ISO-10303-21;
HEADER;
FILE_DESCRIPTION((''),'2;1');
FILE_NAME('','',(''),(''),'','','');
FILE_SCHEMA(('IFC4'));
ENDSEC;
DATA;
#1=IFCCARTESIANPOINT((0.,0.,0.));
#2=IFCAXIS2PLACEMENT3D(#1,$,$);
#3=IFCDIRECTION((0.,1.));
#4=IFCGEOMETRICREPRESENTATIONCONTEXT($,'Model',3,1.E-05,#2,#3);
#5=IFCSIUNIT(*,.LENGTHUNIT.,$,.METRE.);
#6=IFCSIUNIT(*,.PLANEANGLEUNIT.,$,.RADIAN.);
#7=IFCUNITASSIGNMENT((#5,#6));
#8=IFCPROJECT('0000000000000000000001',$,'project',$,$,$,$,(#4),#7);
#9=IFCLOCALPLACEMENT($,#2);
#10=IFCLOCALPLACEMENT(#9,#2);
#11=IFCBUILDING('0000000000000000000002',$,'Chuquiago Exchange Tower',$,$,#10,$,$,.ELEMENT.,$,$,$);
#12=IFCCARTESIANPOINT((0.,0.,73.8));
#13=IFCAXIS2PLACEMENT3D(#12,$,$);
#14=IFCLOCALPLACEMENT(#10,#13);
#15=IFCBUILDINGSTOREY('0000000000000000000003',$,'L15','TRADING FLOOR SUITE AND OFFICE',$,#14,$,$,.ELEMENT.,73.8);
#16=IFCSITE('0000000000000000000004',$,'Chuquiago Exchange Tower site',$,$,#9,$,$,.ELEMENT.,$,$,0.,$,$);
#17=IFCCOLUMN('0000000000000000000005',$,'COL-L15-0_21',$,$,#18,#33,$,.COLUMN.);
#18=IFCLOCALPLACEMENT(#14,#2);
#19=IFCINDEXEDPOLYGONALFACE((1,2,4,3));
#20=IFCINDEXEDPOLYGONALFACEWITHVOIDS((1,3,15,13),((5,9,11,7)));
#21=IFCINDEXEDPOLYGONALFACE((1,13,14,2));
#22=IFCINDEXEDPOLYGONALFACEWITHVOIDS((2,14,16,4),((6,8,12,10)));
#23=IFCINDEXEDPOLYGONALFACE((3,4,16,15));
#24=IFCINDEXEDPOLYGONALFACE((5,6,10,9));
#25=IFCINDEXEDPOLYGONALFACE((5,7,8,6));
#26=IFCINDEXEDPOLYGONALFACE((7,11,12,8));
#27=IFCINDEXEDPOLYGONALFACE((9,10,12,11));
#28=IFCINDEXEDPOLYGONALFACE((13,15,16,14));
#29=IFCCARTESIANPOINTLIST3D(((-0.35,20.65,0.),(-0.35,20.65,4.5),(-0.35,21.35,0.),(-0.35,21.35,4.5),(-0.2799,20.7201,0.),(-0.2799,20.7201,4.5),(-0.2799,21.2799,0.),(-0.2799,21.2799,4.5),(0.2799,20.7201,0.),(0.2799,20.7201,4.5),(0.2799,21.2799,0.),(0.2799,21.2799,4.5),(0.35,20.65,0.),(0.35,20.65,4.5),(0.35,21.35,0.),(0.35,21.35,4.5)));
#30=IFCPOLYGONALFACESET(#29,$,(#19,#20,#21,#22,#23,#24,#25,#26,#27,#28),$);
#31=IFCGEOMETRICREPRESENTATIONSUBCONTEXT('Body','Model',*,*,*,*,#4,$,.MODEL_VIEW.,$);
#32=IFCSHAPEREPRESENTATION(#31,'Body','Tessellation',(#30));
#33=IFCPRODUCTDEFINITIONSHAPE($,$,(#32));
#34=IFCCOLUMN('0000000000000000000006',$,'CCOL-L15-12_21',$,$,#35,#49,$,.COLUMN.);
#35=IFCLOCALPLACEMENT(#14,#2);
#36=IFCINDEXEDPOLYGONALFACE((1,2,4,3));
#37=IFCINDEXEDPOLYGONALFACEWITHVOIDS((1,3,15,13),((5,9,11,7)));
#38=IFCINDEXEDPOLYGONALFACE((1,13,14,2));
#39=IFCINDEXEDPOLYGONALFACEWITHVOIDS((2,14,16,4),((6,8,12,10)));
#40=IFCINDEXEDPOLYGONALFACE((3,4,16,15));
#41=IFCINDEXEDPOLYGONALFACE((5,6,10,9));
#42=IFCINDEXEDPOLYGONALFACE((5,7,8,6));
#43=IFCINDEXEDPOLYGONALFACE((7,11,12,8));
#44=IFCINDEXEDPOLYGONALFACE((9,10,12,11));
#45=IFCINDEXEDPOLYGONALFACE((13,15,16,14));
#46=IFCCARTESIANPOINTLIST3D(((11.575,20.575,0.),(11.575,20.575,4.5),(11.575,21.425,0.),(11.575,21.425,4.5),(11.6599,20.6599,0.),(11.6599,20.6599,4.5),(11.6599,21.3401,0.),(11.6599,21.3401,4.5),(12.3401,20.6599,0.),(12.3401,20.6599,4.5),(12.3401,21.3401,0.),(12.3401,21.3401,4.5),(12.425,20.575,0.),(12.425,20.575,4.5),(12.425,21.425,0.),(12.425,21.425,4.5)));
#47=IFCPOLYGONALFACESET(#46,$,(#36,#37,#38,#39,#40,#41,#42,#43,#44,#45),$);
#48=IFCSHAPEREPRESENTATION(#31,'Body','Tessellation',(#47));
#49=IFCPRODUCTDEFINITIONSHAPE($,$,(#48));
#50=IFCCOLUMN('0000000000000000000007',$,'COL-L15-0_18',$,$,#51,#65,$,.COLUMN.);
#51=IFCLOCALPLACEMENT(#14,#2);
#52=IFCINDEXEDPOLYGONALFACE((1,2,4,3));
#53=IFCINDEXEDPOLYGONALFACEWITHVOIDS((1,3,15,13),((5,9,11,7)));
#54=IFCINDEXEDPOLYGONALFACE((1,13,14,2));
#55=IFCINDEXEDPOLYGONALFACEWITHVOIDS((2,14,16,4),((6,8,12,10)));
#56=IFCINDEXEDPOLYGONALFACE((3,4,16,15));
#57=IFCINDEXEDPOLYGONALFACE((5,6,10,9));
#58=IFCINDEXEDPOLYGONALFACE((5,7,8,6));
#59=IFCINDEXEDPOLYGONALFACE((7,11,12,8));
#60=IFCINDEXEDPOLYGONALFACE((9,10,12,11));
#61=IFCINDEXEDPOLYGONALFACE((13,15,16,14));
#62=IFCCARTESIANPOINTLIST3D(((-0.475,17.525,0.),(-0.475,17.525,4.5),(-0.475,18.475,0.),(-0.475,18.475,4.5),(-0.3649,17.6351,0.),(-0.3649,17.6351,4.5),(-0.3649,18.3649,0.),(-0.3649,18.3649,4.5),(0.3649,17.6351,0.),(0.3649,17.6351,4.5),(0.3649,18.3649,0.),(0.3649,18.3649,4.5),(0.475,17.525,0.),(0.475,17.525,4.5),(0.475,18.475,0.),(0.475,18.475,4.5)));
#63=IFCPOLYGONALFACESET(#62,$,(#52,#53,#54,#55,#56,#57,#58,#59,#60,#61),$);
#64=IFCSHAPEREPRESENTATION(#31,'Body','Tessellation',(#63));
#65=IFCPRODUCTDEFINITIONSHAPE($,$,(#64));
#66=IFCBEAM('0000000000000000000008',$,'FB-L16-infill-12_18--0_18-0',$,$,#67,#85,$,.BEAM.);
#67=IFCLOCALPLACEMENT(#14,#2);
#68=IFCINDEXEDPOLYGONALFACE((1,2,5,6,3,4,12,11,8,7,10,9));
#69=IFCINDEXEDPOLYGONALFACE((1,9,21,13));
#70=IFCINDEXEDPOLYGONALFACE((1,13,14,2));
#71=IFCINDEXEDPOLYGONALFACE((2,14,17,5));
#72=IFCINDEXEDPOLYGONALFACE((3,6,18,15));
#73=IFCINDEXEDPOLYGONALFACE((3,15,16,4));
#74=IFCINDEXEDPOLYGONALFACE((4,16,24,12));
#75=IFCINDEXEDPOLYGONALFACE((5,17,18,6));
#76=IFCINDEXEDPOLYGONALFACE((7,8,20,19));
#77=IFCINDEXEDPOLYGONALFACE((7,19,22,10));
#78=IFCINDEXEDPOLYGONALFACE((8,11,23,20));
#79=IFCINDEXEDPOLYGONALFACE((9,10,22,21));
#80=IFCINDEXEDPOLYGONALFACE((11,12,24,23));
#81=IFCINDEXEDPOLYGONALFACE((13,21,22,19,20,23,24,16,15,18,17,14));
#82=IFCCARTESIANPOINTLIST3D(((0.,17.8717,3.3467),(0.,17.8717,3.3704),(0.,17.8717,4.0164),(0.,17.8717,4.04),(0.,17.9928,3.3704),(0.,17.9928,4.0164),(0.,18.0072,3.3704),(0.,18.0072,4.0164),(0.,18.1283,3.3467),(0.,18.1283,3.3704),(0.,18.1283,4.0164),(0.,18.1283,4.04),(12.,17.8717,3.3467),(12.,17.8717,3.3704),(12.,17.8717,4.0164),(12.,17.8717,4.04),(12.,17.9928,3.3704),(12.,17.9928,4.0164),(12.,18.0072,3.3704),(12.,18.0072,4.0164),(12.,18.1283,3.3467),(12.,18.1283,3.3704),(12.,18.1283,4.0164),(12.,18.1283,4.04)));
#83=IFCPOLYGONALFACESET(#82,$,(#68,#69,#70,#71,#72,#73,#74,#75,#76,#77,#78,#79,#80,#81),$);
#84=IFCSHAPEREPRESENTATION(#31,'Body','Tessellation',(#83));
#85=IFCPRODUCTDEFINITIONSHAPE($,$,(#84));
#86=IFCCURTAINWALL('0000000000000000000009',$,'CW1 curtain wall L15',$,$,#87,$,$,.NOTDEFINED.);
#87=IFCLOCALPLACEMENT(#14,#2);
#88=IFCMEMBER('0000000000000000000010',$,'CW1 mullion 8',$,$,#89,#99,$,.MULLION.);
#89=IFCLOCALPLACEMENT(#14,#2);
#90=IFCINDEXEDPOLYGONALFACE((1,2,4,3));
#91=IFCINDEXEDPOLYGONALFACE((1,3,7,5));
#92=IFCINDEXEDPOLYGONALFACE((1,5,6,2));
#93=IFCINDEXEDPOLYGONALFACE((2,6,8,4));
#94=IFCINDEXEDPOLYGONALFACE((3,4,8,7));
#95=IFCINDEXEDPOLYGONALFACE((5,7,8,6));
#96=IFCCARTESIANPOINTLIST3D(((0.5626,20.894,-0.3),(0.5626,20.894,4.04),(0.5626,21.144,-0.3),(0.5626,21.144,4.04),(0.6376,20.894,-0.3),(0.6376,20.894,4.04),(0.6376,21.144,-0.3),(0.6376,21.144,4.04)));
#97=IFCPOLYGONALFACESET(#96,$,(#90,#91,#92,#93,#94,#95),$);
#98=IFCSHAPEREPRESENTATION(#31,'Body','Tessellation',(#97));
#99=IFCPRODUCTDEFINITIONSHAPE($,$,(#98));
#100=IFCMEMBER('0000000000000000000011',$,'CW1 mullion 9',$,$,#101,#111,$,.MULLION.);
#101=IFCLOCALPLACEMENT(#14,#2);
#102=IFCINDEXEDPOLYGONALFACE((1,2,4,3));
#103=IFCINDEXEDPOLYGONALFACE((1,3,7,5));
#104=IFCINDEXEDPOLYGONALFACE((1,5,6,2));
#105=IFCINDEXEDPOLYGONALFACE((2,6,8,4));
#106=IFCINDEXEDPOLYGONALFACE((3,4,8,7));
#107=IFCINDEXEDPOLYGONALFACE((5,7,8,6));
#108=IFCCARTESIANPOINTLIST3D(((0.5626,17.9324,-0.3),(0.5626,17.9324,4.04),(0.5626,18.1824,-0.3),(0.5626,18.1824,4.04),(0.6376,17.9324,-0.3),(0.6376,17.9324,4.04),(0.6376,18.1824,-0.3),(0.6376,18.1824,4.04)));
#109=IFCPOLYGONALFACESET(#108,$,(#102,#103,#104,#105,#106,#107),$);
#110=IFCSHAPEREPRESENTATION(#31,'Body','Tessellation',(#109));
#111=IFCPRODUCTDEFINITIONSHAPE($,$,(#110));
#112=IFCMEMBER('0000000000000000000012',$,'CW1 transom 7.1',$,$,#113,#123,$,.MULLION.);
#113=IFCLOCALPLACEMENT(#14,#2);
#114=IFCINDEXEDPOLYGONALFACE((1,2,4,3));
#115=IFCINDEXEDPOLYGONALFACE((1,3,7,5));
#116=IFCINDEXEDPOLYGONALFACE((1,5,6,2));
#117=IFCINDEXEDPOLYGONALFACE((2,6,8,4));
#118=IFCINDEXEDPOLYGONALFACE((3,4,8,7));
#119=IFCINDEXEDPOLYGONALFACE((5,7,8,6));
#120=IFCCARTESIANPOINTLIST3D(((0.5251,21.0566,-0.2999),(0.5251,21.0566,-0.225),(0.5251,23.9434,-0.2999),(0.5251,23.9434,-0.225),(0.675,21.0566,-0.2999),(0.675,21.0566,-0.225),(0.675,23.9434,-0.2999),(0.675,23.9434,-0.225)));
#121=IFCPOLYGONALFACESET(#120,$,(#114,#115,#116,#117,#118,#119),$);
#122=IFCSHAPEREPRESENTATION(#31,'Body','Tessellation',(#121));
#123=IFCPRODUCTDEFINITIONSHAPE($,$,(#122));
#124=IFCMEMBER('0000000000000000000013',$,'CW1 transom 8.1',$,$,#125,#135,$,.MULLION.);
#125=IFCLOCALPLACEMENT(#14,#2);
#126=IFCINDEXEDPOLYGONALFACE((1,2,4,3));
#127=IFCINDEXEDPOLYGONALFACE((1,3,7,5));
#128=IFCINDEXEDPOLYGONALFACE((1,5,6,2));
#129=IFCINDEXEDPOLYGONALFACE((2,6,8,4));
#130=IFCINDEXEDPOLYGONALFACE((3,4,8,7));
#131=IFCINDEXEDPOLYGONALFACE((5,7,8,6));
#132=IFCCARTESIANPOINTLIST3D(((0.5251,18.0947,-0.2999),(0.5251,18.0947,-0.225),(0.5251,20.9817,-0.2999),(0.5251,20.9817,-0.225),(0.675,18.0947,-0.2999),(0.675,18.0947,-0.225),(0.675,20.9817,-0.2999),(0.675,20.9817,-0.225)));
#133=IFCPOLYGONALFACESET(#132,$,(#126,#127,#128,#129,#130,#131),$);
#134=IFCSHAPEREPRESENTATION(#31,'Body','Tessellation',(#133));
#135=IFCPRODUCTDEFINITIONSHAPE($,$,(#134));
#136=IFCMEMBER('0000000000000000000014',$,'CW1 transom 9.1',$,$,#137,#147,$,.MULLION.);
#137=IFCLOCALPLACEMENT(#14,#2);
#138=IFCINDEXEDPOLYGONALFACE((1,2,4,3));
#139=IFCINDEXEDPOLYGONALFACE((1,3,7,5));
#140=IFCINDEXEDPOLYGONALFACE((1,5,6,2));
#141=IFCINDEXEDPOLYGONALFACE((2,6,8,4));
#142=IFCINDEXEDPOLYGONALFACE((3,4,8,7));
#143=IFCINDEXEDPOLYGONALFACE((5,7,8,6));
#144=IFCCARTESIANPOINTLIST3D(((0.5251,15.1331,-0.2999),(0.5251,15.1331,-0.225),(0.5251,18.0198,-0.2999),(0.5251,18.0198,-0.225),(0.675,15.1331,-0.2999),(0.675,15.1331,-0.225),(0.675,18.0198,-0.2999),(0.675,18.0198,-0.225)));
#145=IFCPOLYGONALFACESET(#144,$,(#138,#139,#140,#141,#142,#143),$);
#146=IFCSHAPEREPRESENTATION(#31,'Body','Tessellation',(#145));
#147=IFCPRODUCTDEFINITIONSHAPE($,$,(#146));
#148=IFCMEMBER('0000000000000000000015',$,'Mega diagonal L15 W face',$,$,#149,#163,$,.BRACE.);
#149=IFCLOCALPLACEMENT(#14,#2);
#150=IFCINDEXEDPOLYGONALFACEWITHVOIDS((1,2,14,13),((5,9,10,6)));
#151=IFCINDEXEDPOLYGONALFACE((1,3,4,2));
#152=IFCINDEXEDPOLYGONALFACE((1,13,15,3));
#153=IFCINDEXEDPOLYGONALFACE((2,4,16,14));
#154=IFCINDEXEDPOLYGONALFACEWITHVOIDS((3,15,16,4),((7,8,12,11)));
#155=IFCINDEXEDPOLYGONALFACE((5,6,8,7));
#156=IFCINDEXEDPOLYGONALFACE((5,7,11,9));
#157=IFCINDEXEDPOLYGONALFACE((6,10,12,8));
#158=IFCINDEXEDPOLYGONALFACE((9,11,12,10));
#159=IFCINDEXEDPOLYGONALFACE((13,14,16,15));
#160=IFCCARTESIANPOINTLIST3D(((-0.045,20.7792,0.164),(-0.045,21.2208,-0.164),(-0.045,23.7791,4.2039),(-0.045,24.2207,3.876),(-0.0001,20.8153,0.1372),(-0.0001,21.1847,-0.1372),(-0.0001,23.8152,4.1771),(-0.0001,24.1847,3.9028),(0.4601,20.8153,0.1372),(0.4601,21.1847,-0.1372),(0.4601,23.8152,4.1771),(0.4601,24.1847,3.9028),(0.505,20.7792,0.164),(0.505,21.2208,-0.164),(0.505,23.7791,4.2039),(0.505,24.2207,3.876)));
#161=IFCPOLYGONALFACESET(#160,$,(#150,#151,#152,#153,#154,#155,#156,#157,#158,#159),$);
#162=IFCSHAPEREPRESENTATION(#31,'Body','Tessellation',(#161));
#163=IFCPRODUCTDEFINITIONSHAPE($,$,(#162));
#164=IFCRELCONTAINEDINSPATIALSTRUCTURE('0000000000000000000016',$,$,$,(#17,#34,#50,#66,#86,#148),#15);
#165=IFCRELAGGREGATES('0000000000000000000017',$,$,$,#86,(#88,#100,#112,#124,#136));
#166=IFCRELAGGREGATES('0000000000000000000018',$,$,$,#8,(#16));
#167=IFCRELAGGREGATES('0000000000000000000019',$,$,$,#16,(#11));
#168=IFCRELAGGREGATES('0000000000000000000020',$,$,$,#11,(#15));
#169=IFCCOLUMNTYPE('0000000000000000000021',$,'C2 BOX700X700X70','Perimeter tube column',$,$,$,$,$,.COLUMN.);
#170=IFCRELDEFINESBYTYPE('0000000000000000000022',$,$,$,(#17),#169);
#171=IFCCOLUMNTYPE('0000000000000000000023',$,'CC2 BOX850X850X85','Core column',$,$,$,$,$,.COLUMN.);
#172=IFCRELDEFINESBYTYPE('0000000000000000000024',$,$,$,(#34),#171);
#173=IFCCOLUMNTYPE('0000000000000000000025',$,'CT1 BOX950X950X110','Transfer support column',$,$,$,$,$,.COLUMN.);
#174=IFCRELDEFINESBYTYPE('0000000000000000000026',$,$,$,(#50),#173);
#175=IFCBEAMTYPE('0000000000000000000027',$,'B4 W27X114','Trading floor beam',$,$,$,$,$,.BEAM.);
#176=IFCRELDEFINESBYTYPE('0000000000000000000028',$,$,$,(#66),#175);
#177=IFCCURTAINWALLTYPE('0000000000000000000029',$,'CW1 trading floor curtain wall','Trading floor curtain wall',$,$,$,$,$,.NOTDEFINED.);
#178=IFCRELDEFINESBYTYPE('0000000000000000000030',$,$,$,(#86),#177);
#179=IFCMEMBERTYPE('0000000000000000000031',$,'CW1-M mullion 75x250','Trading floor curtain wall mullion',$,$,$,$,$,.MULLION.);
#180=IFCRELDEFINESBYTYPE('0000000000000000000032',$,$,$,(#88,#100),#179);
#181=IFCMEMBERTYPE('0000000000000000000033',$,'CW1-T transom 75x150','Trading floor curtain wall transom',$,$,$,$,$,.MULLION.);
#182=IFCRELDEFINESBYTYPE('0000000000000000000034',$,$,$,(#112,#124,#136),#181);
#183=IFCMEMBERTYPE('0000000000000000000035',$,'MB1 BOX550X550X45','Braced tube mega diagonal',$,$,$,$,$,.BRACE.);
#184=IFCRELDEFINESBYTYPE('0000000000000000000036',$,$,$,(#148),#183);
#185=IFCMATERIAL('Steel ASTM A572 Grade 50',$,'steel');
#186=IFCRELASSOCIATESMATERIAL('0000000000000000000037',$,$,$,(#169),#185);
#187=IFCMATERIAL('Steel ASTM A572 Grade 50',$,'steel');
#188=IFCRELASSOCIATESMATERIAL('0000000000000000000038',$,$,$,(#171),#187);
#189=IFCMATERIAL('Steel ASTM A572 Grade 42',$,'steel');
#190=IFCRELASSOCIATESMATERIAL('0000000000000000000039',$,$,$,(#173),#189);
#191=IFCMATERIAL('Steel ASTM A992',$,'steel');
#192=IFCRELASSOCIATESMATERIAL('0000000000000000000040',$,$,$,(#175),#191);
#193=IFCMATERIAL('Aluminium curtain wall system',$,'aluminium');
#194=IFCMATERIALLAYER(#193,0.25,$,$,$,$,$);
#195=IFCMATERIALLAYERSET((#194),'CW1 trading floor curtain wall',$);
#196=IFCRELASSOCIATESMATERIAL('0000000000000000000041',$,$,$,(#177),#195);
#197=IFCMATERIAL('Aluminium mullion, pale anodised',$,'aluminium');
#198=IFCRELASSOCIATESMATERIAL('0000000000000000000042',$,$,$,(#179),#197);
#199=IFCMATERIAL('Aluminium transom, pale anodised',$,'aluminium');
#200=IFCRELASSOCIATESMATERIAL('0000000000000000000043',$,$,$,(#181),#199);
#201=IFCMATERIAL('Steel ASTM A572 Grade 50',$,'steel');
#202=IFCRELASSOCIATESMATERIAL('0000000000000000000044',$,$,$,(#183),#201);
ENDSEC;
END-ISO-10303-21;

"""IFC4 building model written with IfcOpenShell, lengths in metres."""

from ifc_helpers import new_model, si_unit, direction, frame, origin, origin_2d, place, context, subcontext, project, spatial, rectangle, hollow_rectangle, i_section, extrude, material, layer, layer_set, material_profile, profile_set, type_object, element, aggregate, save


model = new_model("IFC4")

# Units and contexts
model_context = context("Model", 3, precision=1e-05, world=origin(), true_north=direction((0.0, 1.0)))
body_context = subcontext(model_context, "Body", "Model", "MODEL_VIEW")
ifc_project = project(units=[si_unit("LENGTHUNIT", "METRE"), si_unit("PLANEANGLEUNIT", "RADIAN")], contexts=[model_context])

# Site, building, storey
site_placement = place(None, origin())
site = spatial("IfcSite", under=ifc_project, at=site_placement, Name="Chuquiago Exchange Tower site", CompositionType="ELEMENT", RefElevation=0.0)
building_placement = place(site_placement, origin())
building = spatial("IfcBuilding", under=site, at=building_placement, Name="Chuquiago Exchange Tower", CompositionType="ELEMENT")
storey_placement = place(building_placement, frame((0.0, 0.0, 73.8)))
storey = spatial("IfcBuildingStorey", under=building, at=storey_placement, Name="L15", Description="TRADING FLOOR SUITE AND OFFICE", CompositionType="ELEMENT", Elevation=73.8)

# Columns
ifc_material_1 = material(Name="Steel ASTM A572 Grade 50", Category="steel")
ifc_material_profile_1 = material_profile(ifc_material_1, hollow_rectangle(XDim=0.7, YDim=0.7, WallThickness=0.0701, at=origin_2d()), Name="BOX700X700X70")
ifc_profile_set_1 = profile_set([ifc_material_profile_1], Name="Steel ASTM A572 Grade 50")
column_type_1 = type_object("IfcColumnType", Name="C2 BOX700X700X70", Description="Perimeter tube column", PredefinedType="COLUMN", material=ifc_profile_set_1)
column_1_placement = place(storey_placement, frame((0.0, 21.0, 0.0), z_axis=(0.0, 0.0, 1.0), x_axis=(-1.0, 0.0, 0.0)))
element("IfcColumn", 1, at=column_1_placement, inside=storey, type_object=column_type_1, Name="COL-L15-0_21", PredefinedType="COLUMN", context=body_context, shape_type="SweptSolid", body=[
    extrude(hollow_rectangle(XDim=0.7, YDim=0.7, WallThickness=0.0701, at=origin_2d()), origin(), (0.0, 0.0, 1.0), 4.5),
])
ifc_material_2 = material(Name="Steel ASTM A572 Grade 50", Category="steel")
ifc_material_profile_2 = material_profile(ifc_material_2, hollow_rectangle(XDim=0.8501, YDim=0.8501, WallThickness=0.085, at=origin_2d()), Name="BOX850X850X85")
ifc_profile_set_2 = profile_set([ifc_material_profile_2], Name="Steel ASTM A572 Grade 50")
column_type_2 = type_object("IfcColumnType", Name="CC2 BOX850X850X85", Description="Core column", PredefinedType="COLUMN", material=ifc_profile_set_2)
column_2_placement = place(storey_placement, frame((12.0, 21.0, 0.0), z_axis=(0.0, 0.0, 1.0), x_axis=(1.0, 0.0, 0.0)))
element("IfcColumn", 2, at=column_2_placement, inside=storey, type_object=column_type_2, Name="CCOL-L15-12_21", PredefinedType="COLUMN", context=body_context, shape_type="SweptSolid", body=[
    extrude(hollow_rectangle(XDim=0.8501, YDim=0.8501, WallThickness=0.085, at=origin_2d()), origin(), (0.0, 0.0, 1.0), 4.5),
])
ifc_material_3 = material(Name="Steel ASTM A572 Grade 42", Category="steel")
ifc_material_profile_3 = material_profile(ifc_material_3, hollow_rectangle(XDim=0.95, YDim=0.95, WallThickness=0.1101, at=origin_2d()), Name="BOX950X950X110")
ifc_profile_set_3 = profile_set([ifc_material_profile_3], Name="Steel ASTM A572 Grade 42")
column_type_3 = type_object("IfcColumnType", Name="CT1 BOX950X950X110", Description="Transfer support column", PredefinedType="COLUMN", material=ifc_profile_set_3)
column_3_placement = place(storey_placement, frame((0.0, 18.0, 0.0), z_axis=(0.0, 0.0, 1.0), x_axis=(-1.0, 0.0, 0.0)))
element("IfcColumn", 3, at=column_3_placement, inside=storey, type_object=column_type_3, Name="COL-L15-0_18", PredefinedType="COLUMN", context=body_context, shape_type="SweptSolid", body=[
    extrude(hollow_rectangle(XDim=0.95, YDim=0.95, WallThickness=0.1101, at=origin_2d()), origin(), (0.0, 0.0, 1.0), 4.5),
])

# Beam
ifc_material_4 = material(Name="Steel ASTM A992", Category="steel")
ifc_material_profile_4 = material_profile(ifc_material_4, i_section(OverallWidth=0.2566, OverallDepth=0.6934, WebThickness=0.0144, FlangeThickness=0.0237, at=origin_2d()), Name="W27X114")
ifc_profile_set_4 = profile_set([ifc_material_profile_4], Name="Steel ASTM A992")
beam_type_1 = type_object("IfcBeamType", Name="B4 W27X114", Description="Trading floor beam", PredefinedType="BEAM", material=ifc_profile_set_4)
beam_placement = place(storey_placement, frame((12.0, 18.0, 3.6934), z_axis=(-1.0, 0.0, 0.0), x_axis=(0.0, -1.0, 0.0)))
element("IfcBeam", 4, at=beam_placement, inside=storey, type_object=beam_type_1, Name="FB-L16-infill-12_18--0_18-0", PredefinedType="BEAM", context=body_context, shape_type="SweptSolid", body=[
    extrude(i_section(OverallWidth=0.2566, OverallDepth=0.6934, WebThickness=0.0144, FlangeThickness=0.0237, at=origin_2d()), origin(), (0.0, 0.0, 1.0), 12.0),
])

# Curtain wall, members
ifc_material_5 = material(Name="Aluminium curtain wall system", Category="aluminium")
ifc_layer_1 = layer(ifc_material_5, 0.25)
ifc_layer_set_1 = layer_set([ifc_layer_1], Name="CW1 trading floor curtain wall")
curtain_wall_type = type_object("IfcCurtainWallType", Name="CW1 trading floor curtain wall", Description="Trading floor curtain wall", PredefinedType="NOTDEFINED", material=ifc_layer_set_1)
curtain_wall_placement = place(storey_placement, origin())
curtain_wall = element("IfcCurtainWall", 5, at=curtain_wall_placement, inside=storey, type_object=curtain_wall_type, Name="CW1 curtain wall L15", PredefinedType="NOTDEFINED")
ifc_material_6 = material(Name="Aluminium mullion, pale anodised", Category="aluminium")
ifc_material_profile_5 = material_profile(ifc_material_6, rectangle(XDim=0.075, YDim=0.25, at=origin_2d()), Name="AL 75x250")
ifc_profile_set_5 = profile_set([ifc_material_profile_5], Name="Aluminium mullion, pale anodised")
member_type_1 = type_object("IfcMemberType", Name="CW1-M mullion 75x250", Description="Trading floor curtain wall mullion", PredefinedType="MULLION", material=ifc_profile_set_5)
member_1_placement = place(storey_placement, frame((0.6001, 21.019, -0.3), z_axis=(0.0, 0.0, 1.0), x_axis=(1.0, 0.0, 0.0)))
member_1 = element("IfcMember", 6, at=member_1_placement, type_object=member_type_1, Name="CW1 mullion 8", PredefinedType="MULLION", context=body_context, shape_type="SweptSolid", body=[
    extrude(rectangle(XDim=0.075, YDim=0.25, at=origin_2d()), origin(), (0.0, 0.0, 1.0), 4.3401),
])
member_2_placement = place(storey_placement, frame((0.6001, 18.0574, -0.3), z_axis=(0.0, 0.0, 1.0), x_axis=(1.0, 0.0, 0.0)))
member_2 = element("IfcMember", 7, at=member_2_placement, type_object=member_type_1, Name="CW1 mullion 9", PredefinedType="MULLION", context=body_context, shape_type="SweptSolid", body=[
    extrude(rectangle(XDim=0.075, YDim=0.25, at=origin_2d()), origin(), (0.0, 0.0, 1.0), 4.3401),
])
ifc_material_7 = material(Name="Aluminium transom, pale anodised", Category="aluminium")
ifc_material_profile_6 = material_profile(ifc_material_7, rectangle(XDim=0.1499, YDim=0.075, at=origin_2d()), Name="AL 150x75")
ifc_profile_set_6 = profile_set([ifc_material_profile_6], Name="Aluminium transom, pale anodised")
member_type_2 = type_object("IfcMemberType", Name="CW1-T transom 75x150", Description="Trading floor curtain wall transom", PredefinedType="MULLION", material=ifc_profile_set_6)
member_3_placement = place(storey_placement, frame((0.6001, 23.9434, -0.2625), z_axis=(0.0, -1.0, 0.0), x_axis=(1.0, 0.0, 0.0)))
member_3 = element("IfcMember", 8, at=member_3_placement, type_object=member_type_2, Name="CW1 transom 7.1", PredefinedType="MULLION", context=body_context, shape_type="SweptSolid", body=[
    extrude(rectangle(XDim=0.1499, YDim=0.075, at=origin_2d()), origin(), (0.0, 0.0, 1.0), 2.8867),
])
member_4_placement = place(storey_placement, frame((0.6001, 20.9817, -0.2625), z_axis=(0.0, -1.0, 0.0), x_axis=(1.0, 0.0, 0.0)))
member_4 = element("IfcMember", 9, at=member_4_placement, type_object=member_type_2, Name="CW1 transom 8.1", PredefinedType="MULLION", context=body_context, shape_type="SweptSolid", body=[
    extrude(rectangle(XDim=0.1499, YDim=0.075, at=origin_2d()), origin(), (0.0, 0.0, 1.0), 2.887),
])
member_5_placement = place(storey_placement, frame((0.6001, 18.0198, -0.2625), z_axis=(0.0, -1.0, 0.0), x_axis=(1.0, 0.0, 0.0)))
member_5 = element("IfcMember", 10, at=member_5_placement, type_object=member_type_2, Name="CW1 transom 9.1", PredefinedType="MULLION", context=body_context, shape_type="SweptSolid", body=[
    extrude(rectangle(XDim=0.1499, YDim=0.075, at=origin_2d()), origin(), (0.0, 0.0, 1.0), 2.8867),
])

# Member
ifc_material_8 = material(Name="Steel ASTM A572 Grade 50", Category="steel")
ifc_material_profile_7 = material_profile(ifc_material_8, hollow_rectangle(XDim=0.55, YDim=0.55, WallThickness=0.0449, at=origin_2d()), Name="BOX550X550X45")
ifc_profile_set_7 = profile_set([ifc_material_profile_7], Name="Steel ASTM A572 Grade 50")
member_type_3 = type_object("IfcMemberType", Name="MB1 BOX550X550X45", Description="Braced tube mega diagonal", PredefinedType="BRACE", material=ifc_profile_set_7)
member_6_placement = place(storey_placement, frame((0.23, 21.0, 0.0), z_axis=(0.0, 0.596174, 0.802855), x_axis=(-1.0, 0.0, 0.0)))
element("IfcMember", 11, at=member_6_placement, inside=storey, type_object=member_type_3, Name="Mega diagonal L15 W face", PredefinedType="BRACE", context=body_context, shape_type="SweptSolid", body=[
    extrude(hollow_rectangle(XDim=0.55, YDim=0.55, WallThickness=0.0449, at=origin_2d()), origin(), (0.0, 0.0, 1.0), 5.032),
])

aggregate(curtain_wall, [member_1, member_2, member_3, member_4, member_5])

save(model, "model.ifc")
